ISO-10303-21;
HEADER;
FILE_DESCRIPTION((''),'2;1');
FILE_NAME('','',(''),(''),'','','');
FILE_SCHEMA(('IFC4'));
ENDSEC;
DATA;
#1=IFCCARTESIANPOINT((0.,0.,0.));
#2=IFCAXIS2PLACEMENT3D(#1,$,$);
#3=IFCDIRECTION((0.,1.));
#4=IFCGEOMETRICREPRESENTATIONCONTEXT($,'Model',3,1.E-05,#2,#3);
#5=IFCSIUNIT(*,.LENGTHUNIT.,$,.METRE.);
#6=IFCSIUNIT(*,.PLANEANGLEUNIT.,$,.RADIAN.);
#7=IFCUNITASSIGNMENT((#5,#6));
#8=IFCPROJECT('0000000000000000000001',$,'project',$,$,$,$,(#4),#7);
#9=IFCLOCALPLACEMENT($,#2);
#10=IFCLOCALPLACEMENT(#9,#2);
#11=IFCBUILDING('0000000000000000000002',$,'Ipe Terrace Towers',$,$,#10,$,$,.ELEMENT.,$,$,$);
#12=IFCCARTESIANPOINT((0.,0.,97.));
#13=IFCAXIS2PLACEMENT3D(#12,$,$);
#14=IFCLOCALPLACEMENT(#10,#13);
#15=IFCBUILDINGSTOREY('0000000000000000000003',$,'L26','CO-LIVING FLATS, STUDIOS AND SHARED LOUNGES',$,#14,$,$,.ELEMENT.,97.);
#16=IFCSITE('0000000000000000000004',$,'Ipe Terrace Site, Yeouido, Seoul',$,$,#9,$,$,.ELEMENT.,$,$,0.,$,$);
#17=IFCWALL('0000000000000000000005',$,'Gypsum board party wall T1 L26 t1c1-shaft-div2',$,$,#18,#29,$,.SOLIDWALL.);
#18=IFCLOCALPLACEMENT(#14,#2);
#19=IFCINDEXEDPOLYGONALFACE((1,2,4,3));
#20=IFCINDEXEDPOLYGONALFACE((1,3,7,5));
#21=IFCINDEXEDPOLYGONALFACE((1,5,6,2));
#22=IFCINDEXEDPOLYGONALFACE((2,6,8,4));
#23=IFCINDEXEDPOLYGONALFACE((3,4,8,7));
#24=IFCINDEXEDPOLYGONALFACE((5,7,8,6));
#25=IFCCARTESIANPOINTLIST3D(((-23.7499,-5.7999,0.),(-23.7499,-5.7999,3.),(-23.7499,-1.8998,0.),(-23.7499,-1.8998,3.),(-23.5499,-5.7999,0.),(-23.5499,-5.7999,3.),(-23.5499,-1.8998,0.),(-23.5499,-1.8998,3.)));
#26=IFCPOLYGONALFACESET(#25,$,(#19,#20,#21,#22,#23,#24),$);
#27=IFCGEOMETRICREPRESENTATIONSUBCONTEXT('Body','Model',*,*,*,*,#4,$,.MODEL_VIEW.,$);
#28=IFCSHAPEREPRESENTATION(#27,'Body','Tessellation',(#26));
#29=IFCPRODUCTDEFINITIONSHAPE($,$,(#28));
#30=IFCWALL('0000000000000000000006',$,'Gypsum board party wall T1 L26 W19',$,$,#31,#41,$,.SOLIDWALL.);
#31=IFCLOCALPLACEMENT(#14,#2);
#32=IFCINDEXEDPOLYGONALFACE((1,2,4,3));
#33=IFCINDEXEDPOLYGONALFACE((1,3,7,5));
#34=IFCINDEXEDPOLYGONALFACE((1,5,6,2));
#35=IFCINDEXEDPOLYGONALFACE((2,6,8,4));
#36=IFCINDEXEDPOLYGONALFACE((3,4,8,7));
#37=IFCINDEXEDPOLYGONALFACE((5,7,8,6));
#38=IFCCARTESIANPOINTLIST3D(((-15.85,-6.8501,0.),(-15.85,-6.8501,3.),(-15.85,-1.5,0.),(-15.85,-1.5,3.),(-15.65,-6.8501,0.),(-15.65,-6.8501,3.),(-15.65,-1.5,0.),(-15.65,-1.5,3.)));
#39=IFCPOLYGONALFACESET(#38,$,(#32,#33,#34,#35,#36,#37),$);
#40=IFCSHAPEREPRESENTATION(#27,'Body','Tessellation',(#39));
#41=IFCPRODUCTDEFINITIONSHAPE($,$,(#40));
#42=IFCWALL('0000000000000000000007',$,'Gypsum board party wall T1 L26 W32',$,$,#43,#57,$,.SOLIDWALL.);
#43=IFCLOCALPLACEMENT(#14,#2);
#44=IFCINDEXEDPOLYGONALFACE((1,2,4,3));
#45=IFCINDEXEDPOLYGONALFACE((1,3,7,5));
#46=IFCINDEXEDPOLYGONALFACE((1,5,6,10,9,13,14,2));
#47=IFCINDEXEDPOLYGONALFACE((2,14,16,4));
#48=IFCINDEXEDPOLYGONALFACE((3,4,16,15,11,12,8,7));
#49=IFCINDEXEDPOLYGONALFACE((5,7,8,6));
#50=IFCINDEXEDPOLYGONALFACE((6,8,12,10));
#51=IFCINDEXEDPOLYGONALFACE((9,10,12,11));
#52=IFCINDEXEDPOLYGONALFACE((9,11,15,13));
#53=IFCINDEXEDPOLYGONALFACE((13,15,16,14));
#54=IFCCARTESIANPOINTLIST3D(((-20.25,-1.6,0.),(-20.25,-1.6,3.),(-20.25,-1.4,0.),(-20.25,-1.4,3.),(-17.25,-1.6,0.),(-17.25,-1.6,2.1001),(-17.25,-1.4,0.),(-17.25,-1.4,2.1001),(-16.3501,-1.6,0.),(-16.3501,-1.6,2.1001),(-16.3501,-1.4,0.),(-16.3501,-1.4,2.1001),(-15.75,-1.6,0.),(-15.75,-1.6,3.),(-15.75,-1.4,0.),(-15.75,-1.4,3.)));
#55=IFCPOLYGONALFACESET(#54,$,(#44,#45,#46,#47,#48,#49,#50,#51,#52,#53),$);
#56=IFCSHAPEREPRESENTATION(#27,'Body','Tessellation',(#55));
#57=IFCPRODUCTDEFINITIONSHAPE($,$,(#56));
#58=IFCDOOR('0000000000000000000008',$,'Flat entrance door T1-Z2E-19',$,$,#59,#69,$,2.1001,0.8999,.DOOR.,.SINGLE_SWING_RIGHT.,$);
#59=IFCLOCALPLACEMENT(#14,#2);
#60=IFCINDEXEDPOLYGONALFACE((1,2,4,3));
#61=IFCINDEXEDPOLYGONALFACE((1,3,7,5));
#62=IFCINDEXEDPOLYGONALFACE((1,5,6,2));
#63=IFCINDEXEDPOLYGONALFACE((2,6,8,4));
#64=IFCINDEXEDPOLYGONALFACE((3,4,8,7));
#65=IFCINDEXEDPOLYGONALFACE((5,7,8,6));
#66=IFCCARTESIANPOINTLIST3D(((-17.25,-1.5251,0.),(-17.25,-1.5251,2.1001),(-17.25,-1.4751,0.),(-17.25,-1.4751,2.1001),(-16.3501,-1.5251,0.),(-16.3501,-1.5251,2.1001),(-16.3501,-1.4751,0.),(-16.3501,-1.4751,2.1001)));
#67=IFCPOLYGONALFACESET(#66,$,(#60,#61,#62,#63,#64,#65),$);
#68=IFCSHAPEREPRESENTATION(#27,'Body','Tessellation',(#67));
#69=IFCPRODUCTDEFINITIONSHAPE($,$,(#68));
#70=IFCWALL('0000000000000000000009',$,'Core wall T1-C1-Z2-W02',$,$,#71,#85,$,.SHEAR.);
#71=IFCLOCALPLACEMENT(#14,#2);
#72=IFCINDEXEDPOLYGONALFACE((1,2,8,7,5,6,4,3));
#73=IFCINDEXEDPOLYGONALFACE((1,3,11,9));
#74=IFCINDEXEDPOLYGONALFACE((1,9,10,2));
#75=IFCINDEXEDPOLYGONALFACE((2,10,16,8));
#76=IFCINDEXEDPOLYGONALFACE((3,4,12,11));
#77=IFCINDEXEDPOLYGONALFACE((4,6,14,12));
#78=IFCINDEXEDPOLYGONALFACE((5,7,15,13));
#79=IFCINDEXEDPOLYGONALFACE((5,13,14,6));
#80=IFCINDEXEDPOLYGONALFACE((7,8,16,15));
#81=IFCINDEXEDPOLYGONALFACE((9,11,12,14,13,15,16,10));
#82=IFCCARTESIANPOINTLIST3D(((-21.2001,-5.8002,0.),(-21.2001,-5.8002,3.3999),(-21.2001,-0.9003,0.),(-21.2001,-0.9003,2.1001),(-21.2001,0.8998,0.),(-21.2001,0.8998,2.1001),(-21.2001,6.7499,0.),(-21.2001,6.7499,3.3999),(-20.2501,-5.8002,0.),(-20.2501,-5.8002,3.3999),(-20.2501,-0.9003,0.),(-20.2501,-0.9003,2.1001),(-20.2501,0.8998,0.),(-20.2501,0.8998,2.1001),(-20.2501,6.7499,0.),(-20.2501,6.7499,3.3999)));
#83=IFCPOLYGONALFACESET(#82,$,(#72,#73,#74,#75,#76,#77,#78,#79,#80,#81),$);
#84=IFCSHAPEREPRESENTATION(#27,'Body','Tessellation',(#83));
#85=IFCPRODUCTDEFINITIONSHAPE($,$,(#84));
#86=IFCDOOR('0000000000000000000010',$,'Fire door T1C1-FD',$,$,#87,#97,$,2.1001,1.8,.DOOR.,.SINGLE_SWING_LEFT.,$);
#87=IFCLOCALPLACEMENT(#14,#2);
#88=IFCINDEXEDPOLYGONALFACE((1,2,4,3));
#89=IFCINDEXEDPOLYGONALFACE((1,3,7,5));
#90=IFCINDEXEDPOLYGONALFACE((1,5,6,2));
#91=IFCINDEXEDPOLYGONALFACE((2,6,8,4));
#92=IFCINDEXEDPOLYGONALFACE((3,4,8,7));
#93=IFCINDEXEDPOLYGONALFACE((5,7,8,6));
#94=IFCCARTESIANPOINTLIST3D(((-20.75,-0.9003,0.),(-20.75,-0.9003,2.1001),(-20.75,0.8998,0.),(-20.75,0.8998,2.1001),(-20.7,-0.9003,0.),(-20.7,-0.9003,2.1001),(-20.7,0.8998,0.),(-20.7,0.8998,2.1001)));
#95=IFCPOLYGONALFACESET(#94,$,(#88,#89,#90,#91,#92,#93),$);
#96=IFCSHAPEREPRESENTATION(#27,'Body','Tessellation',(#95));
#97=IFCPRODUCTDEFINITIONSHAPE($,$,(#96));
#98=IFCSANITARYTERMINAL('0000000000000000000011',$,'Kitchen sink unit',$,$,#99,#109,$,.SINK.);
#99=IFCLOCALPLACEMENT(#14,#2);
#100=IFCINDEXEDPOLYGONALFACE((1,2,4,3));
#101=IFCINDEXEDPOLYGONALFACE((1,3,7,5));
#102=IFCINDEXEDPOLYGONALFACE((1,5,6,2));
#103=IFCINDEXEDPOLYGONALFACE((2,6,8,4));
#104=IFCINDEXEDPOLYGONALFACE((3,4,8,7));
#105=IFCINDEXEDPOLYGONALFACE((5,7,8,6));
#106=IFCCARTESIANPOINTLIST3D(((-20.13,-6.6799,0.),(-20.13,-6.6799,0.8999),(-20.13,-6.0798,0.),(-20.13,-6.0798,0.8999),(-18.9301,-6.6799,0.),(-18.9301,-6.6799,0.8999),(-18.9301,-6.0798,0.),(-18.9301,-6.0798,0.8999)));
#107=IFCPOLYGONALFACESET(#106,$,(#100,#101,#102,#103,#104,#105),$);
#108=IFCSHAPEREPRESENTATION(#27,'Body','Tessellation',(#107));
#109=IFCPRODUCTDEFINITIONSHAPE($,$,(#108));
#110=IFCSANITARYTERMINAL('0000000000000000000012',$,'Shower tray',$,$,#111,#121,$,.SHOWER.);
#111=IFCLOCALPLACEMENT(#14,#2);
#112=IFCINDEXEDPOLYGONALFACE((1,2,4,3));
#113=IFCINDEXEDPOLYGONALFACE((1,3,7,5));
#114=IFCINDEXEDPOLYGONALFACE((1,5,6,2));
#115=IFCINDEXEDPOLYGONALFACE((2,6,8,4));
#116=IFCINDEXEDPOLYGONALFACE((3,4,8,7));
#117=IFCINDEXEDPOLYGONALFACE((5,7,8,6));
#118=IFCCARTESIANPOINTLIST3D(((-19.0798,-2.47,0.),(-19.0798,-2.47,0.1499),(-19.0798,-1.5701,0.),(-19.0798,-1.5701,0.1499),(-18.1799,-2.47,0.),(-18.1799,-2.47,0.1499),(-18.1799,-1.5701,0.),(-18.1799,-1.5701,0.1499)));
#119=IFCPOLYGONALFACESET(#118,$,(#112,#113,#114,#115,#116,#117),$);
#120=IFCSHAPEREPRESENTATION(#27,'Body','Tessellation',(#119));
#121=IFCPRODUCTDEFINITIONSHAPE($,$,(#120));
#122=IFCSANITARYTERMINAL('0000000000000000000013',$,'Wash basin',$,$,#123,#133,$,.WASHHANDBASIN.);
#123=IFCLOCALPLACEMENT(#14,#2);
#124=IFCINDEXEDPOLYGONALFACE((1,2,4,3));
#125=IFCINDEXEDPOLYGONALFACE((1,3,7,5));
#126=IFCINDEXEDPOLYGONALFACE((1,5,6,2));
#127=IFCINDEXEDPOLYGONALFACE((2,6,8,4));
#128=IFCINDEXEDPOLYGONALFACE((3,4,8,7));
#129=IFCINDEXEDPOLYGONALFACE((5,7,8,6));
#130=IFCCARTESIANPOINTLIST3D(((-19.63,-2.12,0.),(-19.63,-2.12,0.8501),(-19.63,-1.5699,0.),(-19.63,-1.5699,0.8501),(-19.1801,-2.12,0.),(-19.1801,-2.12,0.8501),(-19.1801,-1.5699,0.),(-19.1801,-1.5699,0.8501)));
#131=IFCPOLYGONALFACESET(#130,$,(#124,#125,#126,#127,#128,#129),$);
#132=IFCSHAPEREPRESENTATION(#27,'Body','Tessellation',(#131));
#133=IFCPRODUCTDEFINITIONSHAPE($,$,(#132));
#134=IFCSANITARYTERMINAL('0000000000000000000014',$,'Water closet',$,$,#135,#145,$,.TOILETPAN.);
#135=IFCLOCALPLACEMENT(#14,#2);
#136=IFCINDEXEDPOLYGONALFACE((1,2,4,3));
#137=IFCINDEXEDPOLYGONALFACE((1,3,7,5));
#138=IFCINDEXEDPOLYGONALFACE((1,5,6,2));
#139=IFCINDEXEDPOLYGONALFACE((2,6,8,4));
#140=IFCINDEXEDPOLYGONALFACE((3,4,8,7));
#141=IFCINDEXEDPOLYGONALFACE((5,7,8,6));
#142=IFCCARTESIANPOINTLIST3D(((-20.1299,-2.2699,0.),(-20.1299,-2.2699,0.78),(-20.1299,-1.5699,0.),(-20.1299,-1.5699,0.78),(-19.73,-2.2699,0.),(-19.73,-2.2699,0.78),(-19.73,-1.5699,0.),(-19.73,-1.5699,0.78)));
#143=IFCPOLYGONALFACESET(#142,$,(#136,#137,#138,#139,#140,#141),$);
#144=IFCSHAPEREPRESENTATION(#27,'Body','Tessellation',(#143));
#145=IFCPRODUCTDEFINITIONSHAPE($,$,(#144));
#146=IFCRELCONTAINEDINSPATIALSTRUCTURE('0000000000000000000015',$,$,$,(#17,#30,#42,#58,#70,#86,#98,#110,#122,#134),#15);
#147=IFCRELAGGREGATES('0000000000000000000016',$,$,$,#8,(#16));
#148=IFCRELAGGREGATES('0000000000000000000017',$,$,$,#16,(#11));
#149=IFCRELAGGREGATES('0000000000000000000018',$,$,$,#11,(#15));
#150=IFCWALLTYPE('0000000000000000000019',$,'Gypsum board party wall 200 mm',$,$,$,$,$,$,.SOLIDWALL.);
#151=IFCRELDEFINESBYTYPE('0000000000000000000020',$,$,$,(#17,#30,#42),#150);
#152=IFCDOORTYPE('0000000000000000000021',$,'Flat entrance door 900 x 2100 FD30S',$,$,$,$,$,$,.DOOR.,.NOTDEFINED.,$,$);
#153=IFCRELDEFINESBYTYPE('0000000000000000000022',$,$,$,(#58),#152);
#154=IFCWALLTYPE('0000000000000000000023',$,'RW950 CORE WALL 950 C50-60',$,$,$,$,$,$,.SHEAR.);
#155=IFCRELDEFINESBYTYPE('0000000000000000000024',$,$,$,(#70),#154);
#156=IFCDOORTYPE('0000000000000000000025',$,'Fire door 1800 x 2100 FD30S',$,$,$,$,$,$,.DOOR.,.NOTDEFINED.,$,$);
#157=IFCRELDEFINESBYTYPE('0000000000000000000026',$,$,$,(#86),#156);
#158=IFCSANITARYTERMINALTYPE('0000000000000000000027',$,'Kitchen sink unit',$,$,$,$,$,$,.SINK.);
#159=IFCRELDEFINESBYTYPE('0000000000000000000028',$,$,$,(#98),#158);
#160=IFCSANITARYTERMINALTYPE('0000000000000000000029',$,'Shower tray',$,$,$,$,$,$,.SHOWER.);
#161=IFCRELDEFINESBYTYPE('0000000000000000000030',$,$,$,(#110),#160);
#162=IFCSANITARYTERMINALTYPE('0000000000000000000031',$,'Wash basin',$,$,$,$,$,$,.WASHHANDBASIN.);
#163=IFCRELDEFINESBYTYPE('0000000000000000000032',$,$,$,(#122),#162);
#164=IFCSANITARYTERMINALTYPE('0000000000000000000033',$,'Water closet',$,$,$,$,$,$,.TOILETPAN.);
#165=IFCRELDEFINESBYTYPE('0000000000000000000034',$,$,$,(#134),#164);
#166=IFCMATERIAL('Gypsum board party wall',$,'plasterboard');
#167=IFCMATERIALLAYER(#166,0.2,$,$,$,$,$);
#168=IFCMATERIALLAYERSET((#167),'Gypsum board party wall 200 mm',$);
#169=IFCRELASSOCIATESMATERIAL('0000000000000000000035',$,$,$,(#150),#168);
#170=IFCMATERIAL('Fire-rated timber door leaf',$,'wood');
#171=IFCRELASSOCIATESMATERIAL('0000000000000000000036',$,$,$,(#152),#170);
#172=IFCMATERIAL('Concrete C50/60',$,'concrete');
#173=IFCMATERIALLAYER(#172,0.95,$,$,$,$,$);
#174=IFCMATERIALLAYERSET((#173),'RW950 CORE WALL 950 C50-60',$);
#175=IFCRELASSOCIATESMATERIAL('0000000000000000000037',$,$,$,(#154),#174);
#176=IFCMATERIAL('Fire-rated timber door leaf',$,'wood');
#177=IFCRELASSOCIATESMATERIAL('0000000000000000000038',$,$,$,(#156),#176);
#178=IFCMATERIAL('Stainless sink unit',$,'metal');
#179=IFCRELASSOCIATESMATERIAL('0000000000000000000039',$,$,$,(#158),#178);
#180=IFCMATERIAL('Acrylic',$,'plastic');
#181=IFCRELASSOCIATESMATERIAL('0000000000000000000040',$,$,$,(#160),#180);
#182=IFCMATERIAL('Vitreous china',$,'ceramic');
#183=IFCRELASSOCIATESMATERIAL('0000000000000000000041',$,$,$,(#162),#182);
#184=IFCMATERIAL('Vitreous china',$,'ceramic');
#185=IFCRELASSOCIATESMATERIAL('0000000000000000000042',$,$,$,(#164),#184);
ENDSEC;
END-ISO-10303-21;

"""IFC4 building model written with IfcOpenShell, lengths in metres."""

from ifc_helpers import new_model, si_unit, direction, frame, frame_2d, origin, origin_2d, place, context, subcontext, project, spatial, rectangle, extrude, material, layer, layer_set, type_object, element, fill, save


model = new_model("IFC4")

# Units and contexts
model_context = context("Model", 3, precision=1e-05, world=origin(), true_north=direction((0.0, 1.0)))
body_context = subcontext(model_context, "Body", "Model", "MODEL_VIEW")
ifc_project = project(units=[si_unit("LENGTHUNIT", "METRE"), si_unit("PLANEANGLEUNIT", "RADIAN")], contexts=[model_context])

# Site, building, storey
site_placement = place(None, origin())
site = spatial("IfcSite", under=ifc_project, at=site_placement, Name="Ipe Terrace Site, Yeouido, Seoul", CompositionType="ELEMENT", RefElevation=0.0)
building_placement = place(site_placement, origin())
building = spatial("IfcBuilding", under=site, at=building_placement, Name="Ipe Terrace Towers", CompositionType="ELEMENT")
storey_placement = place(building_placement, frame((0.0, 0.0, 97.0)))
storey = spatial("IfcBuildingStorey", under=building, at=storey_placement, Name="L26", Description="CO-LIVING FLATS, STUDIOS AND SHARED LOUNGES", CompositionType="ELEMENT", Elevation=97.0)

# Walls
ifc_material_1 = material(Name="Gypsum board party wall", Category="plasterboard")
ifc_layer_1 = layer(ifc_material_1, 0.2)
ifc_layer_set_1 = layer_set([ifc_layer_1], Name="Gypsum board party wall 200 mm")
wall_type_1 = type_object("IfcWallType", Name="Gypsum board party wall 200 mm", PredefinedType="SOLIDWALL", material=ifc_layer_set_1)
for number, where, z_axis, x_axis, name in (
    (1, (-23.6499, -5.8, 0.0), (0.0, 0.0, 1.0), (0.0, 1.0, 0.0), "Gypsum board party wall T1 L26 t1c1-shaft-div2"),
):
    element("IfcWall", number, at=place(storey_placement, frame(where, z_axis=z_axis, x_axis=x_axis)), inside=storey, type_object=wall_type_1, Name=name, PredefinedType="SOLIDWALL", context=body_context, shape_type="SweptSolid", body=[
        extrude(rectangle(XDim=3.9001, YDim=0.2, at=frame_2d((1.9502, 0.0))), origin(), (0.0, 0.0, 1.0), 3.0),
    ])
wall_1_placement = place(storey_placement, frame((-15.75, -6.8501, 0.0), z_axis=(0.0, 0.0, 1.0), x_axis=(0.0, 1.0, 0.0)))
element("IfcWall", 2, at=wall_1_placement, inside=storey, type_object=wall_type_1, Name="Gypsum board party wall T1 L26 W19", PredefinedType="SOLIDWALL", context=body_context, shape_type="SweptSolid", body=[
    extrude(rectangle(XDim=5.3501, YDim=0.2, at=frame_2d((2.675, 0.0))), origin(), (0.0, 0.0, 1.0), 3.0),
])

# Walls, openings, doors
wall_2_placement = place(storey_placement, frame((-20.25, -1.5, 0.0), z_axis=(0.0, 0.0, 1.0), x_axis=(1.0, 0.0, 0.0)))
wall_2 = element("IfcWall", 3, at=wall_2_placement, inside=storey, type_object=wall_type_1, Name="Gypsum board party wall T1 L26 W32", PredefinedType="SOLIDWALL", context=body_context, shape_type="SweptSolid", body=[
    extrude(rectangle(XDim=4.5, YDim=0.2, at=frame_2d((2.25, 0.0))), origin(), (0.0, 0.0, 1.0), 3.0),
])
opening_1_placement = place(wall_2_placement, frame((3.0, 0.0, 0.0)))
opening_1 = element("IfcOpeningElement", 4, at=opening_1_placement, cuts=wall_2, PredefinedType="OPENING", context=body_context, shape_type="SweptSolid", body=[
    extrude(rectangle(XDim=0.8999, YDim=2.1001, at=frame_2d((0.45, 1.05))), frame((0.0, 0.1099, 0.0), z_axis=(0.0, -1.0, 0.0), x_axis=(1.0, 0.0, 0.0)), (0.0, 0.0, 1.0), 0.22),
])
ifc_material_2 = material(Name="Fire-rated timber door leaf", Category="wood")
door_type_1 = type_object("IfcDoorType", Name="Flat entrance door 900 x 2100 FD30S", OperationType="NOTDEFINED", PredefinedType="DOOR", material=ifc_material_2)
door_1_placement = place(opening_1_placement, origin())
door_1 = element("IfcDoor", 5, at=door_1_placement, inside=storey, type_object=door_type_1, Name="Flat entrance door T1-Z2E-19", OperationType="SINGLE_SWING_RIGHT", OverallHeight=2.1001, OverallWidth=0.8999, PredefinedType="DOOR", context=body_context, shape_type="SweptSolid", body=[
    extrude(rectangle(XDim=0.8999, YDim=2.1001, at=frame_2d((0.45, 1.05))), frame((0.0, 0.0249, 0.0), z_axis=(0.0, -1.0, 0.0), x_axis=(1.0, 0.0, 0.0)), (0.0, 0.0, 1.0), 0.05),
])
fill(opening_1, door_1)
ifc_material_3 = material(Name="Concrete C50/60", Category="concrete")
ifc_layer_2 = layer(ifc_material_3, 0.95)
ifc_layer_set_2 = layer_set([ifc_layer_2], Name="RW950 CORE WALL 950 C50-60")
wall_type_2 = type_object("IfcWallType", Name="RW950 CORE WALL 950 C50-60", PredefinedType="SHEAR", material=ifc_layer_set_2)
wall_3_placement = place(storey_placement, frame((-20.7251, -5.8, 0.0), z_axis=(0.0, 0.0, 1.0), x_axis=(0.0, 1.0, 0.0)))
wall_3 = element("IfcWall", 6, at=wall_3_placement, inside=storey, type_object=wall_type_2, Name="Core wall T1-C1-Z2-W02", PredefinedType="SHEAR", context=body_context, shape_type="SweptSolid", body=[
    extrude(rectangle(XDim=12.55, YDim=0.95, at=frame_2d((6.2749, 0.0))), origin(), (0.0, 0.0, 1.0), 3.3999),
])
opening_2_placement = place(wall_3_placement, frame((4.8999, 0.0, 0.0)))
opening_2 = element("IfcOpeningElement", 7, at=opening_2_placement, cuts=wall_3, PredefinedType="OPENING", context=body_context, shape_type="SweptSolid", body=[
    extrude(rectangle(XDim=1.8, YDim=2.1001, at=frame_2d((0.8999, 1.05))), frame((0.0, 0.4849, 0.0), z_axis=(0.0, -1.0, 0.0), x_axis=(1.0, 0.0, 0.0)), (0.0, 0.0, 1.0), 0.97),
])
ifc_material_4 = material(Name="Fire-rated timber door leaf", Category="wood")
door_type_2 = type_object("IfcDoorType", Name="Fire door 1800 x 2100 FD30S", OperationType="NOTDEFINED", PredefinedType="DOOR", material=ifc_material_4)
door_2_placement = place(opening_2_placement, origin())
door_2 = element("IfcDoor", 8, at=door_2_placement, inside=storey, type_object=door_type_2, Name="Fire door T1C1-FD", OperationType="SINGLE_SWING_LEFT", OverallHeight=2.1001, OverallWidth=1.8, PredefinedType="DOOR", context=body_context, shape_type="SweptSolid", body=[
    extrude(rectangle(XDim=1.8, YDim=2.1001, at=frame_2d((0.8999, 1.05))), frame((0.0, 0.0249, 0.0), z_axis=(0.0, -1.0, 0.0), x_axis=(1.0, 0.0, 0.0)), (0.0, 0.0, 1.0), 0.05),
])
fill(opening_2, door_2)

# Sanitary terminals
ifc_material_5 = material(Name="Stainless sink unit", Category="metal")
sanitary_terminal_type_1 = type_object("IfcSanitaryTerminalType", Name="Kitchen sink unit", PredefinedType="SINK", material=ifc_material_5)
sanitary_terminal_1_placement = place(storey_placement, frame((-19.53, -6.3799, 0.0), z_axis=(0.0, 0.0, 1.0), x_axis=(-1.0, 0.0, 0.0)))
element("IfcSanitaryTerminal", 9, at=sanitary_terminal_1_placement, inside=storey, type_object=sanitary_terminal_type_1, Name="Kitchen sink unit", PredefinedType="SINK", context=body_context, shape_type="SweptSolid", body=[
    extrude(rectangle(XDim=1.2, YDim=0.6001, at=origin_2d()), origin(), (0.0, 0.0, 1.0), 0.8999),
])
ifc_material_6 = material(Name="Acrylic", Category="plastic")
sanitary_terminal_type_2 = type_object("IfcSanitaryTerminalType", Name="Shower tray", PredefinedType="SHOWER", material=ifc_material_6)
sanitary_terminal_2_placement = place(storey_placement, frame((-18.6299, -2.02, 0.0), z_axis=(0.0, 0.0, 1.0), x_axis=(0.0, -1.0, 0.0)))
element("IfcSanitaryTerminal", 10, at=sanitary_terminal_2_placement, inside=storey, type_object=sanitary_terminal_type_2, Name="Shower tray", PredefinedType="SHOWER", context=body_context, shape_type="SweptSolid", body=[
    extrude(rectangle(XDim=0.8999, YDim=0.8999, at=origin_2d()), origin(), (0.0, 0.0, 1.0), 0.1499),
])
ifc_material_7 = material(Name="Vitreous china", Category="ceramic")
sanitary_terminal_type_3 = type_object("IfcSanitaryTerminalType", Name="Wash basin", PredefinedType="WASHHANDBASIN", material=ifc_material_7)
sanitary_terminal_3_placement = place(storey_placement, frame((-19.405, -1.845, 0.0), z_axis=(0.0, 0.0, 1.0), x_axis=(0.0, -1.0, 0.0)))
element("IfcSanitaryTerminal", 11, at=sanitary_terminal_3_placement, inside=storey, type_object=sanitary_terminal_type_3, Name="Wash basin", PredefinedType="WASHHANDBASIN", context=body_context, shape_type="SweptSolid", body=[
    extrude(rectangle(XDim=0.55, YDim=0.45, at=origin_2d()), origin(), (0.0, 0.0, 1.0), 0.8501),
])
ifc_material_8 = material(Name="Vitreous china", Category="ceramic")
sanitary_terminal_type_4 = type_object("IfcSanitaryTerminalType", Name="Water closet", PredefinedType="TOILETPAN", material=ifc_material_8)
sanitary_terminal_4_placement = place(storey_placement, frame((-19.9299, -1.9199, 0.0), z_axis=(0.0, 0.0, 1.0), x_axis=(0.0, -1.0, 0.0)))
element("IfcSanitaryTerminal", 12, at=sanitary_terminal_4_placement, inside=storey, type_object=sanitary_terminal_type_4, Name="Water closet", PredefinedType="TOILETPAN", context=body_context, shape_type="SweptSolid", body=[
    extrude(rectangle(XDim=0.7, YDim=0.3999, at=origin_2d()), origin(), (0.0, 0.0, 1.0), 0.78),
])

save(model, "model.ifc")
